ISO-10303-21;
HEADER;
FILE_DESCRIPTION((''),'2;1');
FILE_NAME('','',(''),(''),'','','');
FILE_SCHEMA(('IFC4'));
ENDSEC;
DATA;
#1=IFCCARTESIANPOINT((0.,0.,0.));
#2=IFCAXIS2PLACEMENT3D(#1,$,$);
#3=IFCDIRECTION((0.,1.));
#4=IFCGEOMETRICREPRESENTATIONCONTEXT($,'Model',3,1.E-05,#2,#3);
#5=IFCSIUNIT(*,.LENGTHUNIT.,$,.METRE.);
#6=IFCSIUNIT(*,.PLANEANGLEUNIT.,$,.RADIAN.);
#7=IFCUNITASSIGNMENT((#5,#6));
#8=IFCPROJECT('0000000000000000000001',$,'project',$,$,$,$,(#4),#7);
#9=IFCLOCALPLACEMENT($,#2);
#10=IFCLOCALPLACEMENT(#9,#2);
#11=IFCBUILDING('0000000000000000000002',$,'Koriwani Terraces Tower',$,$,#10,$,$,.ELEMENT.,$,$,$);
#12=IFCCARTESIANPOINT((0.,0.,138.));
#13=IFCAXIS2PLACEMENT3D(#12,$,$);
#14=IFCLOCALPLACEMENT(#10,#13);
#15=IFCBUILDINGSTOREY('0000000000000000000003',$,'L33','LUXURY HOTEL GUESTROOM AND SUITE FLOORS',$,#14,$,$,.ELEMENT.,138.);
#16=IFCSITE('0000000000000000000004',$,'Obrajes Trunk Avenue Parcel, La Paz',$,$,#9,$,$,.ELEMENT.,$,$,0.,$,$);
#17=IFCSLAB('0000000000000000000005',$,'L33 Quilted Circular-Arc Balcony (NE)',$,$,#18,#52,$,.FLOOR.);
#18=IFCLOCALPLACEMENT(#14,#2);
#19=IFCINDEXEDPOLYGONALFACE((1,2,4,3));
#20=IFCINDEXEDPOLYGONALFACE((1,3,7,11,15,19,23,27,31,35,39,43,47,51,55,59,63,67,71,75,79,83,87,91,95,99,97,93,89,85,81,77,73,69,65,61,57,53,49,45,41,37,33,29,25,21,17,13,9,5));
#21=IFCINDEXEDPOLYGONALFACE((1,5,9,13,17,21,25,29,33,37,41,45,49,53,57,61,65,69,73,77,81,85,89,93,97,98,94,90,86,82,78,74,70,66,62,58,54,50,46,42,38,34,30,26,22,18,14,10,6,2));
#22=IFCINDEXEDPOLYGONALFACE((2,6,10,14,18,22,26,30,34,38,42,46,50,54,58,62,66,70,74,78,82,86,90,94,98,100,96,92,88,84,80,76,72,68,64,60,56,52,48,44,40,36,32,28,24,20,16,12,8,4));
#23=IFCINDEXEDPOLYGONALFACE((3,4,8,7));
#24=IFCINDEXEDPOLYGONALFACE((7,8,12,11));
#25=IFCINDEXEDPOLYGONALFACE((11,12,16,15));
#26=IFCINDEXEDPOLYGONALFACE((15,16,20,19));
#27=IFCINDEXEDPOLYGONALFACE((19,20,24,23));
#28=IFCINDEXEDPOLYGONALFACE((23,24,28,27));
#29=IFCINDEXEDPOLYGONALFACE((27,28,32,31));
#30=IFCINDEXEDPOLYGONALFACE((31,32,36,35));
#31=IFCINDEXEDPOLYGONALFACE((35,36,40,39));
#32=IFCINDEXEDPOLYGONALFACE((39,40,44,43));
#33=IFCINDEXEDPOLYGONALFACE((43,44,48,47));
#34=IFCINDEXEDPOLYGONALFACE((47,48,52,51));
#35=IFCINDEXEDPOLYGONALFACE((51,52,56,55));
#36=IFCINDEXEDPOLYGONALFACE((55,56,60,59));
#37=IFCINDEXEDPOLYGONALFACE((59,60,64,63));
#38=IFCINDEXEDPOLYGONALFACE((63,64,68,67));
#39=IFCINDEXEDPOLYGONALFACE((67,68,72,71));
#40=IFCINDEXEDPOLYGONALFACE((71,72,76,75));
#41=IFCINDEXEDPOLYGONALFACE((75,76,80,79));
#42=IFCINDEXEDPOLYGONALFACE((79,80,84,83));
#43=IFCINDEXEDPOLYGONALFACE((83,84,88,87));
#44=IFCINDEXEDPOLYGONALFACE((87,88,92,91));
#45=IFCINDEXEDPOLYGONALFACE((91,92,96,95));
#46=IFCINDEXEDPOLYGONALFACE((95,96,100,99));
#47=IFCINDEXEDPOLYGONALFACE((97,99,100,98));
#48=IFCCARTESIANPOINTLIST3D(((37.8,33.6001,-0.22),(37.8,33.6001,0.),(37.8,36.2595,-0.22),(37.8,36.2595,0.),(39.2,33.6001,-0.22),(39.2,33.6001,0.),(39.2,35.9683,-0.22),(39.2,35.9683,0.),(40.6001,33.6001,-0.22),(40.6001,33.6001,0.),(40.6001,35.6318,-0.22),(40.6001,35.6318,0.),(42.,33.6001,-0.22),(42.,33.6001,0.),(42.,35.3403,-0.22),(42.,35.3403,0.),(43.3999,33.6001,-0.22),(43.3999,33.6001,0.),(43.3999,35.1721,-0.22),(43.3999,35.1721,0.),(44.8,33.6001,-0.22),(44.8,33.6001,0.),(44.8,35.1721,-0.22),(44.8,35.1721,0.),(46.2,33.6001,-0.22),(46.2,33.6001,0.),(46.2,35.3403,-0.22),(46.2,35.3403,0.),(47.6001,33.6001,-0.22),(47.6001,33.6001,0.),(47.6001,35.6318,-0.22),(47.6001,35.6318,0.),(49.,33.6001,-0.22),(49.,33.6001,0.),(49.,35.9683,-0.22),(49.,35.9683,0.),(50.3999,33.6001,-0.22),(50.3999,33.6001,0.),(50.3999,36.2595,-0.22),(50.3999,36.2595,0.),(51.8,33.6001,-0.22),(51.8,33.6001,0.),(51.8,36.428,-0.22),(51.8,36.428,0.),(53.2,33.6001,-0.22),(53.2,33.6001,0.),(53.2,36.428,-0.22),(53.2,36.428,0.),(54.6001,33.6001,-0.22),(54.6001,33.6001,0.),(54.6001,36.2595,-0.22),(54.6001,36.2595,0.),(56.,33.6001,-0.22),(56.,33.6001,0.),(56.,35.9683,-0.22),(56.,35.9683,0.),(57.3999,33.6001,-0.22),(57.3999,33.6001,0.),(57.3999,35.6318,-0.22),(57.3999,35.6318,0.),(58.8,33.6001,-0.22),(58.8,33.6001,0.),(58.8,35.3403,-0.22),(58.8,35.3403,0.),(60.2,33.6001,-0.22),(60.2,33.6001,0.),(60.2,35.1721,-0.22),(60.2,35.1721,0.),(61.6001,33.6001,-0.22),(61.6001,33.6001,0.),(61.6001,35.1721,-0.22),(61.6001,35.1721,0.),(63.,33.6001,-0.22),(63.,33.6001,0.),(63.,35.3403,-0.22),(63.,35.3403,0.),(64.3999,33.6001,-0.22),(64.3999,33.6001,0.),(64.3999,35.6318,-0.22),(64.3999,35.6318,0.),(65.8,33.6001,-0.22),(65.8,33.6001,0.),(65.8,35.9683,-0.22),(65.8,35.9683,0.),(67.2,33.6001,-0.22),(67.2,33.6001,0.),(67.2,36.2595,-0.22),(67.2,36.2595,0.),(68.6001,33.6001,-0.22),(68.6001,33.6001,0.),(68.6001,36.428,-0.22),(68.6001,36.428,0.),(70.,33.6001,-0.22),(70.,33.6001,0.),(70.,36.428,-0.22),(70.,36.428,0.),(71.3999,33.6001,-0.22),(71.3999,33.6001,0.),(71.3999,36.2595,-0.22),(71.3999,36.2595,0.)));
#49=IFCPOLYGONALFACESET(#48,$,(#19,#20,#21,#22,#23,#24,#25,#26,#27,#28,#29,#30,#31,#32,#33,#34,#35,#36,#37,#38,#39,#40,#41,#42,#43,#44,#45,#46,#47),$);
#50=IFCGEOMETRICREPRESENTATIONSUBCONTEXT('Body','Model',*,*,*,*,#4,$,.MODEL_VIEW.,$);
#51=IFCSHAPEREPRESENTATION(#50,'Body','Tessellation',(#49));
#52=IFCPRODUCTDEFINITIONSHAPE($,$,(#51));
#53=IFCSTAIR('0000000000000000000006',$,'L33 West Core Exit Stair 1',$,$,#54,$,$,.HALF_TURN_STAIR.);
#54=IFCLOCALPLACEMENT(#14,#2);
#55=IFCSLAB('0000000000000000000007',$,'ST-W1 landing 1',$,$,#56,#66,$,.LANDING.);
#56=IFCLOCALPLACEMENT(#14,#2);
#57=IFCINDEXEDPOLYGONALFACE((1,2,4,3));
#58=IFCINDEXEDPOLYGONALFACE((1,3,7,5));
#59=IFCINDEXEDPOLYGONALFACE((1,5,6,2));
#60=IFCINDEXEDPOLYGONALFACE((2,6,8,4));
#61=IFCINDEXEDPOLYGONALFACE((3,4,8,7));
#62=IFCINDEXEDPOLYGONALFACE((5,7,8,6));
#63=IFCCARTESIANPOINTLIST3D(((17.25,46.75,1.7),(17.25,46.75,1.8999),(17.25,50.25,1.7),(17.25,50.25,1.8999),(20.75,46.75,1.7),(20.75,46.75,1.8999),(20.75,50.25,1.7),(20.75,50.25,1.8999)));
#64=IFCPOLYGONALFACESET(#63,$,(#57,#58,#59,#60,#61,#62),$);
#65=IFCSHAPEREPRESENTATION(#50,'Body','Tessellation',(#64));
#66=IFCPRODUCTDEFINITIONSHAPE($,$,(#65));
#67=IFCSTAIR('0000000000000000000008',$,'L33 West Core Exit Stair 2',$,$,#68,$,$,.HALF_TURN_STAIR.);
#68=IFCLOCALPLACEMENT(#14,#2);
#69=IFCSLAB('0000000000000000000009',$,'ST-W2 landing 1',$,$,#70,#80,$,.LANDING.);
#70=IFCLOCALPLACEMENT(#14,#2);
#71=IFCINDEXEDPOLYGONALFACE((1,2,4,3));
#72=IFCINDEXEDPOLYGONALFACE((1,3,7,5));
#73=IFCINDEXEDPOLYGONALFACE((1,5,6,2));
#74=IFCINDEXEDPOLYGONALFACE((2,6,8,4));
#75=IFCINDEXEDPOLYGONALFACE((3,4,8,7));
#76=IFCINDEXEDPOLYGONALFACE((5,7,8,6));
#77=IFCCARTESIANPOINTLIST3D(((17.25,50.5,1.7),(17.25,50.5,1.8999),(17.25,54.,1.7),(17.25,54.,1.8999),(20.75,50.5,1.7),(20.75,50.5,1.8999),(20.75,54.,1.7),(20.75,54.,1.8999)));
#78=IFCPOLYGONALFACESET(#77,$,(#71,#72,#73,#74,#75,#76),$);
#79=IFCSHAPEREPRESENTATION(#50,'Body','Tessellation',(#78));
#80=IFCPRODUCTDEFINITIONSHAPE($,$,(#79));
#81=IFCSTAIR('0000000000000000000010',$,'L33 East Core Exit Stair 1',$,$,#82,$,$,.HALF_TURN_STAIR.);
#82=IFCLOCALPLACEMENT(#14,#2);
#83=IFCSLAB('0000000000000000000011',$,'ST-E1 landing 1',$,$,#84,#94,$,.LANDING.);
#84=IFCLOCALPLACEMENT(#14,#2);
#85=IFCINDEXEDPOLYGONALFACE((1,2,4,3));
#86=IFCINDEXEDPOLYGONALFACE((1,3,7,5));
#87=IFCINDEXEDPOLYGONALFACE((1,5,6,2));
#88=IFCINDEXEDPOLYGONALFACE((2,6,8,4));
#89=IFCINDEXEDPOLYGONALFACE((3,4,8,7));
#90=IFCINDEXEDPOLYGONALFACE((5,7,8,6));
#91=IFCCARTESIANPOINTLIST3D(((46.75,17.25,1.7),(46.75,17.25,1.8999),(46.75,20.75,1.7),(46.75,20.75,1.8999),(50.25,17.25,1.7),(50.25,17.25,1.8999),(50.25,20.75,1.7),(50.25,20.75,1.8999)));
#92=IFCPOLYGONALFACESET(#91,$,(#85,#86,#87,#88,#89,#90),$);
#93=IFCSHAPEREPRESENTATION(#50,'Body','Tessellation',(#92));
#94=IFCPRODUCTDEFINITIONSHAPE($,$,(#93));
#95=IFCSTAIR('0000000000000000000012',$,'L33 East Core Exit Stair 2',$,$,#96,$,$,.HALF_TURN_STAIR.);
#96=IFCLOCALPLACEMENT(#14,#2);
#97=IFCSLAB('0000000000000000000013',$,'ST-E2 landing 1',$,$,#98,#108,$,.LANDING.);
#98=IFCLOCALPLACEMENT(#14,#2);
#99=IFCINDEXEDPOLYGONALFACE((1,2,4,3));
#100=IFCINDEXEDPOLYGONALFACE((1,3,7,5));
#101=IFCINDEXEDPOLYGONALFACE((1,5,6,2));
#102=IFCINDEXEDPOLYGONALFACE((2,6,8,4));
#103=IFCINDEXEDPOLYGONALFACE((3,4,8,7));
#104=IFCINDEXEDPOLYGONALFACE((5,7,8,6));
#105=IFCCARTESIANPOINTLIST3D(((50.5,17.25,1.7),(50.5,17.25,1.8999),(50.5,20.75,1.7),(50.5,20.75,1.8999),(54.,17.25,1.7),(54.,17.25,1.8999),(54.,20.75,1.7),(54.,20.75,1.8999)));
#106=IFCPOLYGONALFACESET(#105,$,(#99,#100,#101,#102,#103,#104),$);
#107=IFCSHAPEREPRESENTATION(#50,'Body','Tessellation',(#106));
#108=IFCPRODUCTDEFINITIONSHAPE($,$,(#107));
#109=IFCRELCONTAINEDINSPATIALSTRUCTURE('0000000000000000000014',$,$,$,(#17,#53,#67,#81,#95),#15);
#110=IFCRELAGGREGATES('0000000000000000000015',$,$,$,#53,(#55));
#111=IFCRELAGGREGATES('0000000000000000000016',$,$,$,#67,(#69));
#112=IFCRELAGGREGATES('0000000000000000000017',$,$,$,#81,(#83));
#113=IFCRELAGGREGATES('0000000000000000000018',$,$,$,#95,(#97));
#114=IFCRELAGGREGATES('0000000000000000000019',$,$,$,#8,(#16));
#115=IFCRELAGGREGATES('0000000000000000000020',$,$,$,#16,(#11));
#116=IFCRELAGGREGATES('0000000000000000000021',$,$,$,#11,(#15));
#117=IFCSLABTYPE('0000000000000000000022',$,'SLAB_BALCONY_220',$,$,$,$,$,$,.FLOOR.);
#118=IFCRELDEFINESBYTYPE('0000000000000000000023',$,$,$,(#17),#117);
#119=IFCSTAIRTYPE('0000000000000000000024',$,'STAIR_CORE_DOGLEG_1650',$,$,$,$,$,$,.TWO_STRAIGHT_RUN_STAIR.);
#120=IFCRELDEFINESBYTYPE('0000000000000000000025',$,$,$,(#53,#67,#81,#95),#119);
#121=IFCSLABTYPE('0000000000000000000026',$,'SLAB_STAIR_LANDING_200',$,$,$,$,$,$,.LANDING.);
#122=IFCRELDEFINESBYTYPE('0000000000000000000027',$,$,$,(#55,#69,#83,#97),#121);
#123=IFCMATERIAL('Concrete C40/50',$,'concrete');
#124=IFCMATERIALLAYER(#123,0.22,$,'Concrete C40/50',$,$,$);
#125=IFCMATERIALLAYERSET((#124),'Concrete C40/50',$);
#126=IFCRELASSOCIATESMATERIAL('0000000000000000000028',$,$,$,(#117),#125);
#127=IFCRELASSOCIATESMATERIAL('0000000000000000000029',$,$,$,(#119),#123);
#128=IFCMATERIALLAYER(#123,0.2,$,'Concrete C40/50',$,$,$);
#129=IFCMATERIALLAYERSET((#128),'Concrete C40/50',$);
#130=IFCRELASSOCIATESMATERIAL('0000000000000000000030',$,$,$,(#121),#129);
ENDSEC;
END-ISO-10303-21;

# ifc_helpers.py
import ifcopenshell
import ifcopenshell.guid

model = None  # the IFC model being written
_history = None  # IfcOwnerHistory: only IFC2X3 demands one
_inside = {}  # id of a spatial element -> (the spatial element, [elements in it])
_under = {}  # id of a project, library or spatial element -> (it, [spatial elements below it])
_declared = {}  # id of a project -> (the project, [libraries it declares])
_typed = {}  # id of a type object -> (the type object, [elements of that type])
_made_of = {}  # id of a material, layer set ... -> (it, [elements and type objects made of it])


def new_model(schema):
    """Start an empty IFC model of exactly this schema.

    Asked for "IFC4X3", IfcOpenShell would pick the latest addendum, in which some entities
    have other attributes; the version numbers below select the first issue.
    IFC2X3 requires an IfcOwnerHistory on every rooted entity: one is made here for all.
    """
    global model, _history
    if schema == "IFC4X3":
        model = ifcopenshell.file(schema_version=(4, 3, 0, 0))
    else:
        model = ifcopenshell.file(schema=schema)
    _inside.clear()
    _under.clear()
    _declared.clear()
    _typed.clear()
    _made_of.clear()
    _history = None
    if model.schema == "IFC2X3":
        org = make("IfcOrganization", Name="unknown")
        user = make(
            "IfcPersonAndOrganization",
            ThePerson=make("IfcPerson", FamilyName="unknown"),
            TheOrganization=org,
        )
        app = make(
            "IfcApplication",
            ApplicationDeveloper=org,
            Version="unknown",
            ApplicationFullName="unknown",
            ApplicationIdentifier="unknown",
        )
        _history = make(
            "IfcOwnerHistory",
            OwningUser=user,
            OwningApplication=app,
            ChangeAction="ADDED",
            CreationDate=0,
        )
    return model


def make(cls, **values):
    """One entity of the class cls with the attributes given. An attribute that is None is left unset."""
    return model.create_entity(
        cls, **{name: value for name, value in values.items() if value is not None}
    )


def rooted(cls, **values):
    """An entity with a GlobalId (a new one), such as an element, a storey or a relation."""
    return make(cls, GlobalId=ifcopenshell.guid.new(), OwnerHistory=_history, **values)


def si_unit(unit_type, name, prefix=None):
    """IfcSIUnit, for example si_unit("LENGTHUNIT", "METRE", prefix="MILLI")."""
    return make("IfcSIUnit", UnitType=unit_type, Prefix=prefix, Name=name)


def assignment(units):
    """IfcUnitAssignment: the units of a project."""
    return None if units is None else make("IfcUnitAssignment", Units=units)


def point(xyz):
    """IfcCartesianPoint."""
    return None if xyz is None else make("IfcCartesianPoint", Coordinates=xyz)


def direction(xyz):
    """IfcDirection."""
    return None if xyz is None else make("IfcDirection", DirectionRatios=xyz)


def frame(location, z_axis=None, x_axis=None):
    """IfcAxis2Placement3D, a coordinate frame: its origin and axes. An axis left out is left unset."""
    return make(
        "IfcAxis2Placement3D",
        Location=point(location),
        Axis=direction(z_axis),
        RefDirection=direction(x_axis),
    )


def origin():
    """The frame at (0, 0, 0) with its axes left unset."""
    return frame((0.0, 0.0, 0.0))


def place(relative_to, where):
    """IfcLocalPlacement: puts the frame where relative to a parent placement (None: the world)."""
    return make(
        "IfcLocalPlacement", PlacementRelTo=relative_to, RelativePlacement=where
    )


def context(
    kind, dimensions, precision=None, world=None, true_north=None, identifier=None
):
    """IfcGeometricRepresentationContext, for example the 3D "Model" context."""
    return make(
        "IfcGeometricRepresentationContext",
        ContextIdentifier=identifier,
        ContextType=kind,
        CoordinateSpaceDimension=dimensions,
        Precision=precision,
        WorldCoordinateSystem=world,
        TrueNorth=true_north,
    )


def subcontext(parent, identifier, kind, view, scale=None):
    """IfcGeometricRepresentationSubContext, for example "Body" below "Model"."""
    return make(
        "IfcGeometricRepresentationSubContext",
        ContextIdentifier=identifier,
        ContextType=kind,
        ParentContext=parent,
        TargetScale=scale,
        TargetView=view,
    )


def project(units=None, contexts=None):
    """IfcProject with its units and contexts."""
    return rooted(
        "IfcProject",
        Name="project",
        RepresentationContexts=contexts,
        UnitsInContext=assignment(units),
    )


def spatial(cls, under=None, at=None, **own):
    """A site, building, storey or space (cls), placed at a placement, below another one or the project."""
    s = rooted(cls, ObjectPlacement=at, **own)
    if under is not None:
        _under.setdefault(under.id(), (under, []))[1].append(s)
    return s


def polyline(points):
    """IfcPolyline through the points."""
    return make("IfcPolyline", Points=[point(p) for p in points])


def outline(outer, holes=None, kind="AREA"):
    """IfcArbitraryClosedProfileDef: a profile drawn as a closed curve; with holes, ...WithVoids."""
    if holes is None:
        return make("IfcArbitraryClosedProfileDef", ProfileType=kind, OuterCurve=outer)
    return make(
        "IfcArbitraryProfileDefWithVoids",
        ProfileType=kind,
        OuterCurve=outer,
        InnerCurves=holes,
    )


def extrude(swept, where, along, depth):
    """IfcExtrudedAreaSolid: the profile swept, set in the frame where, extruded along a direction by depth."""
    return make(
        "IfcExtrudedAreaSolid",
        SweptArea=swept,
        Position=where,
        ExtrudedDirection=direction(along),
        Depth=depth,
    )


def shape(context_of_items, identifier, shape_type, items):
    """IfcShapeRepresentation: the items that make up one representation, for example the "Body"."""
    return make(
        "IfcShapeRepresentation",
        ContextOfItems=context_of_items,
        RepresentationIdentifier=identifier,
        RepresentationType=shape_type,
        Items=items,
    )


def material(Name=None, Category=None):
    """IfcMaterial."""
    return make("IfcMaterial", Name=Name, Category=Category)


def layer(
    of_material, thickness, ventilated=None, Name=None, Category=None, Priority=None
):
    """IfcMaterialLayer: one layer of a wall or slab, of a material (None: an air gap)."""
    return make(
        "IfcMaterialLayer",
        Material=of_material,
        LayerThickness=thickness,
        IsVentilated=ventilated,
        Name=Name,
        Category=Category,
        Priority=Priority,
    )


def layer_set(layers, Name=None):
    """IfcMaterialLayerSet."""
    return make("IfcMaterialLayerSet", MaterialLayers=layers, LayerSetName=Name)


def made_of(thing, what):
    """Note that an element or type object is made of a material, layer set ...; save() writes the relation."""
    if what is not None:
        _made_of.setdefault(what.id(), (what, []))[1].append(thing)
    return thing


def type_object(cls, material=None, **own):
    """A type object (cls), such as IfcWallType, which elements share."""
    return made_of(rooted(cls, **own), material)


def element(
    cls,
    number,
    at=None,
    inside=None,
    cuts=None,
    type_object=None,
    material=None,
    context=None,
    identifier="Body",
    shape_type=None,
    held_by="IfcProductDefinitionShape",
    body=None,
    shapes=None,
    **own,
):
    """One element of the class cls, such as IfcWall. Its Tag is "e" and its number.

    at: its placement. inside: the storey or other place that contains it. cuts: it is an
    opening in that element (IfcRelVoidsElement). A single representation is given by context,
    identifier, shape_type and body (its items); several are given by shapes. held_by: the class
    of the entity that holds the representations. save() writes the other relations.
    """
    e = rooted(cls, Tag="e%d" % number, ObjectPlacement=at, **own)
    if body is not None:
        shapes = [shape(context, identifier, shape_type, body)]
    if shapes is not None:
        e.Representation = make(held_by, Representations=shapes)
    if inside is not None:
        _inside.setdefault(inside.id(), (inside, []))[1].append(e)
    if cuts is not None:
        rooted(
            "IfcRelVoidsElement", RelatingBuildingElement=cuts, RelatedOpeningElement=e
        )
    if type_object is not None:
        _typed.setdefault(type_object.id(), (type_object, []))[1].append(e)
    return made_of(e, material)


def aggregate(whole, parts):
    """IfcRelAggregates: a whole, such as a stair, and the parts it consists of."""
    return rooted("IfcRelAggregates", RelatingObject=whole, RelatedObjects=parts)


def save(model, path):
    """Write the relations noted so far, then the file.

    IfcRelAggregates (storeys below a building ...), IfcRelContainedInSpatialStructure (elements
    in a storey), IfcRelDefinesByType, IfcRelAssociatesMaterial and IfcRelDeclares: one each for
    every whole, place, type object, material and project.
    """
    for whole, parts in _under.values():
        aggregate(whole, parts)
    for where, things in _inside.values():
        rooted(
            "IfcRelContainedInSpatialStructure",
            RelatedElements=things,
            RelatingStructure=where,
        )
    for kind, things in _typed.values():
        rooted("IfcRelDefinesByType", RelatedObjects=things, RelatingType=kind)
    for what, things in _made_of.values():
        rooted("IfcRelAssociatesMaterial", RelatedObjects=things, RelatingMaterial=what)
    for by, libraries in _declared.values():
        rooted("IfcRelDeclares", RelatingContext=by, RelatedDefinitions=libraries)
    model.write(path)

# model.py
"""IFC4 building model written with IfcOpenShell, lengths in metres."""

from ifc_helpers import new_model, si_unit, direction, frame, origin, place, context, subcontext, project, spatial, polyline, outline, extrude, material, layer, layer_set, type_object, element, aggregate, save


model = new_model("IFC4")

# Units and contexts
model_context = context("Model", 3, precision=1e-05, world=origin(), true_north=direction((0.0, 1.0)))
body_context = subcontext(model_context, "Body", "Model", "MODEL_VIEW")
ifc_project = project(units=[si_unit("LENGTHUNIT", "METRE"), si_unit("PLANEANGLEUNIT", "RADIAN")], contexts=[model_context])

# Site, building, storey
site_placement = place(None, origin())
site = spatial("IfcSite", under=ifc_project, at=site_placement, Name="Obrajes Trunk Avenue Parcel, La Paz", CompositionType="ELEMENT", RefElevation=0.0)
building_placement = place(site_placement, origin())
building = spatial("IfcBuilding", under=site, at=building_placement, Name="Koriwani Terraces Tower", CompositionType="ELEMENT")
storey_placement = place(building_placement, frame((0.0, 0.0, 138.0)))
storey = spatial("IfcBuildingStorey", under=building, at=storey_placement, Name="L33", Description="LUXURY HOTEL GUESTROOM AND SUITE FLOORS", CompositionType="ELEMENT", Elevation=138.0)

# Shared definitions
ifc_material_1 = material(Name="Concrete C40/50", Category="concrete")

# Slab
ifc_layer_1 = layer(ifc_material_1, 0.22, Name="Concrete C40/50")
ifc_layer_set_1 = layer_set([ifc_layer_1], Name="Concrete C40/50")
slab_type_1 = type_object("IfcSlabType", Name="SLAB_BALCONY_220", PredefinedType="FLOOR", material=ifc_layer_set_1)
slab_1_placement = place(storey_placement, frame((0.0, 0.0, -0.22)))
element("IfcSlab", 1, at=slab_1_placement, inside=storey, type_object=slab_type_1, Name="L33 Quilted Circular-Arc Balcony (NE)", PredefinedType="FLOOR", context=body_context, shape_type="SweptSolid", body=[
    extrude(outline(polyline([(71.3999, 33.6001), (70.0, 33.6001), (68.6001, 33.6001), (67.2, 33.6001), (65.8, 33.6001), (64.3999, 33.6001), (63.0, 33.6001), (61.6001, 33.6001), (60.2, 33.6001), (58.8, 33.6001), (57.3999, 33.6001), (56.0, 33.6001), (54.6001, 33.6001), (53.2, 33.6001), (51.8, 33.6001), (50.3999, 33.6001), (49.0, 33.6001), (47.6001, 33.6001), (46.2, 33.6001), (44.8, 33.6001), (43.3999, 33.6001), (42.0, 33.6001), (40.6001, 33.6001), (39.2, 33.6001), (37.8, 33.6001), (37.8, 36.2595), (39.2, 35.9683), (40.6001, 35.6318), (42.0, 35.3403), (43.3999, 35.1721), (44.8, 35.1721), (46.2, 35.3403), (47.6001, 35.6318), (49.0, 35.9683), (50.3999, 36.2595), (51.8, 36.428), (53.2, 36.428), (54.6001, 36.2595), (56.0, 35.9683), (57.3999, 35.6318), (58.8, 35.3403), (60.2, 35.1721), (61.6001, 35.1721), (63.0, 35.3403), (64.3999, 35.6318), (65.8, 35.9683), (67.2, 36.2595), (68.6001, 36.428), (70.0, 36.428), (71.3999, 36.2595), (71.3999, 33.6001)])), origin(), (0.0, 0.0, 1.0), 0.22),
])

# Stairs, slabs
stair_type = type_object("IfcStairType", Name="STAIR_CORE_DOGLEG_1650", PredefinedType="TWO_STRAIGHT_RUN_STAIR", material=ifc_material_1)
stair_1_placement = place(storey_placement, origin())
stair_1 = element("IfcStair", 2, at=stair_1_placement, inside=storey, type_object=stair_type, Name="L33 West Core Exit Stair 1", PredefinedType="HALF_TURN_STAIR")
ifc_layer_2 = layer(ifc_material_1, 0.2, Name="Concrete C40/50")
ifc_layer_set_2 = layer_set([ifc_layer_2], Name="Concrete C40/50")
slab_type_2 = type_object("IfcSlabType", Name="SLAB_STAIR_LANDING_200", PredefinedType="LANDING", material=ifc_layer_set_2)
slab_2_placement = place(storey_placement, frame((0.0, 0.0, 1.7)))
slab_2 = element("IfcSlab", 3, at=slab_2_placement, type_object=slab_type_2, Name="ST-W1 landing 1", PredefinedType="LANDING", context=body_context, shape_type="SweptSolid", body=[
    extrude(outline(polyline([(20.75, 46.75), (20.75, 50.25), (17.25, 50.25), (17.25, 46.75), (20.75, 46.75)])), origin(), (0.0, 0.0, 1.0), 0.2),
])
aggregate(stair_1, [slab_2])
stair_2_placement = place(storey_placement, origin())
stair_2 = element("IfcStair", 4, at=stair_2_placement, inside=storey, type_object=stair_type, Name="L33 West Core Exit Stair 2", PredefinedType="HALF_TURN_STAIR")
slab_3_placement = place(storey_placement, frame((0.0, 0.0, 1.7)))
slab_3 = element("IfcSlab", 5, at=slab_3_placement, type_object=slab_type_2, Name="ST-W2 landing 1", PredefinedType="LANDING", context=body_context, shape_type="SweptSolid", body=[
    extrude(outline(polyline([(17.25, 54.0), (17.25, 50.5), (20.75, 50.5), (20.75, 54.0), (17.25, 54.0)])), origin(), (0.0, 0.0, 1.0), 0.2),
])
aggregate(stair_2, [slab_3])
stair_3_placement = place(storey_placement, origin())
stair_3 = element("IfcStair", 6, at=stair_3_placement, inside=storey, type_object=stair_type, Name="L33 East Core Exit Stair 1", PredefinedType="HALF_TURN_STAIR")
slab_4_placement = place(storey_placement, frame((0.0, 0.0, 1.7)))
slab_4 = element("IfcSlab", 7, at=slab_4_placement, type_object=slab_type_2, Name="ST-E1 landing 1", PredefinedType="LANDING", context=body_context, shape_type="SweptSolid", body=[
    extrude(outline(polyline([(46.75, 17.25), (50.25, 17.25), (50.25, 20.75), (46.75, 20.75), (46.75, 17.25)])), origin(), (0.0, 0.0, 1.0), 0.2),
])
aggregate(stair_3, [slab_4])
stair_4_placement = place(storey_placement, origin())
stair_4 = element("IfcStair", 8, at=stair_4_placement, inside=storey, type_object=stair_type, Name="L33 East Core Exit Stair 2", PredefinedType="HALF_TURN_STAIR")
slab_5_placement = place(storey_placement, frame((0.0, 0.0, 1.7)))
slab_5 = element("IfcSlab", 9, at=slab_5_placement, type_object=slab_type_2, Name="ST-E2 landing 1", PredefinedType="LANDING", context=body_context, shape_type="SweptSolid", body=[
    extrude(outline(polyline([(54.0, 20.75), (50.5, 20.75), (50.5, 17.25), (54.0, 17.25), (54.0, 20.75)])), origin(), (0.0, 0.0, 1.0), 0.2),
])
aggregate(stair_4, [slab_5])

save(model, "model.ifc")
